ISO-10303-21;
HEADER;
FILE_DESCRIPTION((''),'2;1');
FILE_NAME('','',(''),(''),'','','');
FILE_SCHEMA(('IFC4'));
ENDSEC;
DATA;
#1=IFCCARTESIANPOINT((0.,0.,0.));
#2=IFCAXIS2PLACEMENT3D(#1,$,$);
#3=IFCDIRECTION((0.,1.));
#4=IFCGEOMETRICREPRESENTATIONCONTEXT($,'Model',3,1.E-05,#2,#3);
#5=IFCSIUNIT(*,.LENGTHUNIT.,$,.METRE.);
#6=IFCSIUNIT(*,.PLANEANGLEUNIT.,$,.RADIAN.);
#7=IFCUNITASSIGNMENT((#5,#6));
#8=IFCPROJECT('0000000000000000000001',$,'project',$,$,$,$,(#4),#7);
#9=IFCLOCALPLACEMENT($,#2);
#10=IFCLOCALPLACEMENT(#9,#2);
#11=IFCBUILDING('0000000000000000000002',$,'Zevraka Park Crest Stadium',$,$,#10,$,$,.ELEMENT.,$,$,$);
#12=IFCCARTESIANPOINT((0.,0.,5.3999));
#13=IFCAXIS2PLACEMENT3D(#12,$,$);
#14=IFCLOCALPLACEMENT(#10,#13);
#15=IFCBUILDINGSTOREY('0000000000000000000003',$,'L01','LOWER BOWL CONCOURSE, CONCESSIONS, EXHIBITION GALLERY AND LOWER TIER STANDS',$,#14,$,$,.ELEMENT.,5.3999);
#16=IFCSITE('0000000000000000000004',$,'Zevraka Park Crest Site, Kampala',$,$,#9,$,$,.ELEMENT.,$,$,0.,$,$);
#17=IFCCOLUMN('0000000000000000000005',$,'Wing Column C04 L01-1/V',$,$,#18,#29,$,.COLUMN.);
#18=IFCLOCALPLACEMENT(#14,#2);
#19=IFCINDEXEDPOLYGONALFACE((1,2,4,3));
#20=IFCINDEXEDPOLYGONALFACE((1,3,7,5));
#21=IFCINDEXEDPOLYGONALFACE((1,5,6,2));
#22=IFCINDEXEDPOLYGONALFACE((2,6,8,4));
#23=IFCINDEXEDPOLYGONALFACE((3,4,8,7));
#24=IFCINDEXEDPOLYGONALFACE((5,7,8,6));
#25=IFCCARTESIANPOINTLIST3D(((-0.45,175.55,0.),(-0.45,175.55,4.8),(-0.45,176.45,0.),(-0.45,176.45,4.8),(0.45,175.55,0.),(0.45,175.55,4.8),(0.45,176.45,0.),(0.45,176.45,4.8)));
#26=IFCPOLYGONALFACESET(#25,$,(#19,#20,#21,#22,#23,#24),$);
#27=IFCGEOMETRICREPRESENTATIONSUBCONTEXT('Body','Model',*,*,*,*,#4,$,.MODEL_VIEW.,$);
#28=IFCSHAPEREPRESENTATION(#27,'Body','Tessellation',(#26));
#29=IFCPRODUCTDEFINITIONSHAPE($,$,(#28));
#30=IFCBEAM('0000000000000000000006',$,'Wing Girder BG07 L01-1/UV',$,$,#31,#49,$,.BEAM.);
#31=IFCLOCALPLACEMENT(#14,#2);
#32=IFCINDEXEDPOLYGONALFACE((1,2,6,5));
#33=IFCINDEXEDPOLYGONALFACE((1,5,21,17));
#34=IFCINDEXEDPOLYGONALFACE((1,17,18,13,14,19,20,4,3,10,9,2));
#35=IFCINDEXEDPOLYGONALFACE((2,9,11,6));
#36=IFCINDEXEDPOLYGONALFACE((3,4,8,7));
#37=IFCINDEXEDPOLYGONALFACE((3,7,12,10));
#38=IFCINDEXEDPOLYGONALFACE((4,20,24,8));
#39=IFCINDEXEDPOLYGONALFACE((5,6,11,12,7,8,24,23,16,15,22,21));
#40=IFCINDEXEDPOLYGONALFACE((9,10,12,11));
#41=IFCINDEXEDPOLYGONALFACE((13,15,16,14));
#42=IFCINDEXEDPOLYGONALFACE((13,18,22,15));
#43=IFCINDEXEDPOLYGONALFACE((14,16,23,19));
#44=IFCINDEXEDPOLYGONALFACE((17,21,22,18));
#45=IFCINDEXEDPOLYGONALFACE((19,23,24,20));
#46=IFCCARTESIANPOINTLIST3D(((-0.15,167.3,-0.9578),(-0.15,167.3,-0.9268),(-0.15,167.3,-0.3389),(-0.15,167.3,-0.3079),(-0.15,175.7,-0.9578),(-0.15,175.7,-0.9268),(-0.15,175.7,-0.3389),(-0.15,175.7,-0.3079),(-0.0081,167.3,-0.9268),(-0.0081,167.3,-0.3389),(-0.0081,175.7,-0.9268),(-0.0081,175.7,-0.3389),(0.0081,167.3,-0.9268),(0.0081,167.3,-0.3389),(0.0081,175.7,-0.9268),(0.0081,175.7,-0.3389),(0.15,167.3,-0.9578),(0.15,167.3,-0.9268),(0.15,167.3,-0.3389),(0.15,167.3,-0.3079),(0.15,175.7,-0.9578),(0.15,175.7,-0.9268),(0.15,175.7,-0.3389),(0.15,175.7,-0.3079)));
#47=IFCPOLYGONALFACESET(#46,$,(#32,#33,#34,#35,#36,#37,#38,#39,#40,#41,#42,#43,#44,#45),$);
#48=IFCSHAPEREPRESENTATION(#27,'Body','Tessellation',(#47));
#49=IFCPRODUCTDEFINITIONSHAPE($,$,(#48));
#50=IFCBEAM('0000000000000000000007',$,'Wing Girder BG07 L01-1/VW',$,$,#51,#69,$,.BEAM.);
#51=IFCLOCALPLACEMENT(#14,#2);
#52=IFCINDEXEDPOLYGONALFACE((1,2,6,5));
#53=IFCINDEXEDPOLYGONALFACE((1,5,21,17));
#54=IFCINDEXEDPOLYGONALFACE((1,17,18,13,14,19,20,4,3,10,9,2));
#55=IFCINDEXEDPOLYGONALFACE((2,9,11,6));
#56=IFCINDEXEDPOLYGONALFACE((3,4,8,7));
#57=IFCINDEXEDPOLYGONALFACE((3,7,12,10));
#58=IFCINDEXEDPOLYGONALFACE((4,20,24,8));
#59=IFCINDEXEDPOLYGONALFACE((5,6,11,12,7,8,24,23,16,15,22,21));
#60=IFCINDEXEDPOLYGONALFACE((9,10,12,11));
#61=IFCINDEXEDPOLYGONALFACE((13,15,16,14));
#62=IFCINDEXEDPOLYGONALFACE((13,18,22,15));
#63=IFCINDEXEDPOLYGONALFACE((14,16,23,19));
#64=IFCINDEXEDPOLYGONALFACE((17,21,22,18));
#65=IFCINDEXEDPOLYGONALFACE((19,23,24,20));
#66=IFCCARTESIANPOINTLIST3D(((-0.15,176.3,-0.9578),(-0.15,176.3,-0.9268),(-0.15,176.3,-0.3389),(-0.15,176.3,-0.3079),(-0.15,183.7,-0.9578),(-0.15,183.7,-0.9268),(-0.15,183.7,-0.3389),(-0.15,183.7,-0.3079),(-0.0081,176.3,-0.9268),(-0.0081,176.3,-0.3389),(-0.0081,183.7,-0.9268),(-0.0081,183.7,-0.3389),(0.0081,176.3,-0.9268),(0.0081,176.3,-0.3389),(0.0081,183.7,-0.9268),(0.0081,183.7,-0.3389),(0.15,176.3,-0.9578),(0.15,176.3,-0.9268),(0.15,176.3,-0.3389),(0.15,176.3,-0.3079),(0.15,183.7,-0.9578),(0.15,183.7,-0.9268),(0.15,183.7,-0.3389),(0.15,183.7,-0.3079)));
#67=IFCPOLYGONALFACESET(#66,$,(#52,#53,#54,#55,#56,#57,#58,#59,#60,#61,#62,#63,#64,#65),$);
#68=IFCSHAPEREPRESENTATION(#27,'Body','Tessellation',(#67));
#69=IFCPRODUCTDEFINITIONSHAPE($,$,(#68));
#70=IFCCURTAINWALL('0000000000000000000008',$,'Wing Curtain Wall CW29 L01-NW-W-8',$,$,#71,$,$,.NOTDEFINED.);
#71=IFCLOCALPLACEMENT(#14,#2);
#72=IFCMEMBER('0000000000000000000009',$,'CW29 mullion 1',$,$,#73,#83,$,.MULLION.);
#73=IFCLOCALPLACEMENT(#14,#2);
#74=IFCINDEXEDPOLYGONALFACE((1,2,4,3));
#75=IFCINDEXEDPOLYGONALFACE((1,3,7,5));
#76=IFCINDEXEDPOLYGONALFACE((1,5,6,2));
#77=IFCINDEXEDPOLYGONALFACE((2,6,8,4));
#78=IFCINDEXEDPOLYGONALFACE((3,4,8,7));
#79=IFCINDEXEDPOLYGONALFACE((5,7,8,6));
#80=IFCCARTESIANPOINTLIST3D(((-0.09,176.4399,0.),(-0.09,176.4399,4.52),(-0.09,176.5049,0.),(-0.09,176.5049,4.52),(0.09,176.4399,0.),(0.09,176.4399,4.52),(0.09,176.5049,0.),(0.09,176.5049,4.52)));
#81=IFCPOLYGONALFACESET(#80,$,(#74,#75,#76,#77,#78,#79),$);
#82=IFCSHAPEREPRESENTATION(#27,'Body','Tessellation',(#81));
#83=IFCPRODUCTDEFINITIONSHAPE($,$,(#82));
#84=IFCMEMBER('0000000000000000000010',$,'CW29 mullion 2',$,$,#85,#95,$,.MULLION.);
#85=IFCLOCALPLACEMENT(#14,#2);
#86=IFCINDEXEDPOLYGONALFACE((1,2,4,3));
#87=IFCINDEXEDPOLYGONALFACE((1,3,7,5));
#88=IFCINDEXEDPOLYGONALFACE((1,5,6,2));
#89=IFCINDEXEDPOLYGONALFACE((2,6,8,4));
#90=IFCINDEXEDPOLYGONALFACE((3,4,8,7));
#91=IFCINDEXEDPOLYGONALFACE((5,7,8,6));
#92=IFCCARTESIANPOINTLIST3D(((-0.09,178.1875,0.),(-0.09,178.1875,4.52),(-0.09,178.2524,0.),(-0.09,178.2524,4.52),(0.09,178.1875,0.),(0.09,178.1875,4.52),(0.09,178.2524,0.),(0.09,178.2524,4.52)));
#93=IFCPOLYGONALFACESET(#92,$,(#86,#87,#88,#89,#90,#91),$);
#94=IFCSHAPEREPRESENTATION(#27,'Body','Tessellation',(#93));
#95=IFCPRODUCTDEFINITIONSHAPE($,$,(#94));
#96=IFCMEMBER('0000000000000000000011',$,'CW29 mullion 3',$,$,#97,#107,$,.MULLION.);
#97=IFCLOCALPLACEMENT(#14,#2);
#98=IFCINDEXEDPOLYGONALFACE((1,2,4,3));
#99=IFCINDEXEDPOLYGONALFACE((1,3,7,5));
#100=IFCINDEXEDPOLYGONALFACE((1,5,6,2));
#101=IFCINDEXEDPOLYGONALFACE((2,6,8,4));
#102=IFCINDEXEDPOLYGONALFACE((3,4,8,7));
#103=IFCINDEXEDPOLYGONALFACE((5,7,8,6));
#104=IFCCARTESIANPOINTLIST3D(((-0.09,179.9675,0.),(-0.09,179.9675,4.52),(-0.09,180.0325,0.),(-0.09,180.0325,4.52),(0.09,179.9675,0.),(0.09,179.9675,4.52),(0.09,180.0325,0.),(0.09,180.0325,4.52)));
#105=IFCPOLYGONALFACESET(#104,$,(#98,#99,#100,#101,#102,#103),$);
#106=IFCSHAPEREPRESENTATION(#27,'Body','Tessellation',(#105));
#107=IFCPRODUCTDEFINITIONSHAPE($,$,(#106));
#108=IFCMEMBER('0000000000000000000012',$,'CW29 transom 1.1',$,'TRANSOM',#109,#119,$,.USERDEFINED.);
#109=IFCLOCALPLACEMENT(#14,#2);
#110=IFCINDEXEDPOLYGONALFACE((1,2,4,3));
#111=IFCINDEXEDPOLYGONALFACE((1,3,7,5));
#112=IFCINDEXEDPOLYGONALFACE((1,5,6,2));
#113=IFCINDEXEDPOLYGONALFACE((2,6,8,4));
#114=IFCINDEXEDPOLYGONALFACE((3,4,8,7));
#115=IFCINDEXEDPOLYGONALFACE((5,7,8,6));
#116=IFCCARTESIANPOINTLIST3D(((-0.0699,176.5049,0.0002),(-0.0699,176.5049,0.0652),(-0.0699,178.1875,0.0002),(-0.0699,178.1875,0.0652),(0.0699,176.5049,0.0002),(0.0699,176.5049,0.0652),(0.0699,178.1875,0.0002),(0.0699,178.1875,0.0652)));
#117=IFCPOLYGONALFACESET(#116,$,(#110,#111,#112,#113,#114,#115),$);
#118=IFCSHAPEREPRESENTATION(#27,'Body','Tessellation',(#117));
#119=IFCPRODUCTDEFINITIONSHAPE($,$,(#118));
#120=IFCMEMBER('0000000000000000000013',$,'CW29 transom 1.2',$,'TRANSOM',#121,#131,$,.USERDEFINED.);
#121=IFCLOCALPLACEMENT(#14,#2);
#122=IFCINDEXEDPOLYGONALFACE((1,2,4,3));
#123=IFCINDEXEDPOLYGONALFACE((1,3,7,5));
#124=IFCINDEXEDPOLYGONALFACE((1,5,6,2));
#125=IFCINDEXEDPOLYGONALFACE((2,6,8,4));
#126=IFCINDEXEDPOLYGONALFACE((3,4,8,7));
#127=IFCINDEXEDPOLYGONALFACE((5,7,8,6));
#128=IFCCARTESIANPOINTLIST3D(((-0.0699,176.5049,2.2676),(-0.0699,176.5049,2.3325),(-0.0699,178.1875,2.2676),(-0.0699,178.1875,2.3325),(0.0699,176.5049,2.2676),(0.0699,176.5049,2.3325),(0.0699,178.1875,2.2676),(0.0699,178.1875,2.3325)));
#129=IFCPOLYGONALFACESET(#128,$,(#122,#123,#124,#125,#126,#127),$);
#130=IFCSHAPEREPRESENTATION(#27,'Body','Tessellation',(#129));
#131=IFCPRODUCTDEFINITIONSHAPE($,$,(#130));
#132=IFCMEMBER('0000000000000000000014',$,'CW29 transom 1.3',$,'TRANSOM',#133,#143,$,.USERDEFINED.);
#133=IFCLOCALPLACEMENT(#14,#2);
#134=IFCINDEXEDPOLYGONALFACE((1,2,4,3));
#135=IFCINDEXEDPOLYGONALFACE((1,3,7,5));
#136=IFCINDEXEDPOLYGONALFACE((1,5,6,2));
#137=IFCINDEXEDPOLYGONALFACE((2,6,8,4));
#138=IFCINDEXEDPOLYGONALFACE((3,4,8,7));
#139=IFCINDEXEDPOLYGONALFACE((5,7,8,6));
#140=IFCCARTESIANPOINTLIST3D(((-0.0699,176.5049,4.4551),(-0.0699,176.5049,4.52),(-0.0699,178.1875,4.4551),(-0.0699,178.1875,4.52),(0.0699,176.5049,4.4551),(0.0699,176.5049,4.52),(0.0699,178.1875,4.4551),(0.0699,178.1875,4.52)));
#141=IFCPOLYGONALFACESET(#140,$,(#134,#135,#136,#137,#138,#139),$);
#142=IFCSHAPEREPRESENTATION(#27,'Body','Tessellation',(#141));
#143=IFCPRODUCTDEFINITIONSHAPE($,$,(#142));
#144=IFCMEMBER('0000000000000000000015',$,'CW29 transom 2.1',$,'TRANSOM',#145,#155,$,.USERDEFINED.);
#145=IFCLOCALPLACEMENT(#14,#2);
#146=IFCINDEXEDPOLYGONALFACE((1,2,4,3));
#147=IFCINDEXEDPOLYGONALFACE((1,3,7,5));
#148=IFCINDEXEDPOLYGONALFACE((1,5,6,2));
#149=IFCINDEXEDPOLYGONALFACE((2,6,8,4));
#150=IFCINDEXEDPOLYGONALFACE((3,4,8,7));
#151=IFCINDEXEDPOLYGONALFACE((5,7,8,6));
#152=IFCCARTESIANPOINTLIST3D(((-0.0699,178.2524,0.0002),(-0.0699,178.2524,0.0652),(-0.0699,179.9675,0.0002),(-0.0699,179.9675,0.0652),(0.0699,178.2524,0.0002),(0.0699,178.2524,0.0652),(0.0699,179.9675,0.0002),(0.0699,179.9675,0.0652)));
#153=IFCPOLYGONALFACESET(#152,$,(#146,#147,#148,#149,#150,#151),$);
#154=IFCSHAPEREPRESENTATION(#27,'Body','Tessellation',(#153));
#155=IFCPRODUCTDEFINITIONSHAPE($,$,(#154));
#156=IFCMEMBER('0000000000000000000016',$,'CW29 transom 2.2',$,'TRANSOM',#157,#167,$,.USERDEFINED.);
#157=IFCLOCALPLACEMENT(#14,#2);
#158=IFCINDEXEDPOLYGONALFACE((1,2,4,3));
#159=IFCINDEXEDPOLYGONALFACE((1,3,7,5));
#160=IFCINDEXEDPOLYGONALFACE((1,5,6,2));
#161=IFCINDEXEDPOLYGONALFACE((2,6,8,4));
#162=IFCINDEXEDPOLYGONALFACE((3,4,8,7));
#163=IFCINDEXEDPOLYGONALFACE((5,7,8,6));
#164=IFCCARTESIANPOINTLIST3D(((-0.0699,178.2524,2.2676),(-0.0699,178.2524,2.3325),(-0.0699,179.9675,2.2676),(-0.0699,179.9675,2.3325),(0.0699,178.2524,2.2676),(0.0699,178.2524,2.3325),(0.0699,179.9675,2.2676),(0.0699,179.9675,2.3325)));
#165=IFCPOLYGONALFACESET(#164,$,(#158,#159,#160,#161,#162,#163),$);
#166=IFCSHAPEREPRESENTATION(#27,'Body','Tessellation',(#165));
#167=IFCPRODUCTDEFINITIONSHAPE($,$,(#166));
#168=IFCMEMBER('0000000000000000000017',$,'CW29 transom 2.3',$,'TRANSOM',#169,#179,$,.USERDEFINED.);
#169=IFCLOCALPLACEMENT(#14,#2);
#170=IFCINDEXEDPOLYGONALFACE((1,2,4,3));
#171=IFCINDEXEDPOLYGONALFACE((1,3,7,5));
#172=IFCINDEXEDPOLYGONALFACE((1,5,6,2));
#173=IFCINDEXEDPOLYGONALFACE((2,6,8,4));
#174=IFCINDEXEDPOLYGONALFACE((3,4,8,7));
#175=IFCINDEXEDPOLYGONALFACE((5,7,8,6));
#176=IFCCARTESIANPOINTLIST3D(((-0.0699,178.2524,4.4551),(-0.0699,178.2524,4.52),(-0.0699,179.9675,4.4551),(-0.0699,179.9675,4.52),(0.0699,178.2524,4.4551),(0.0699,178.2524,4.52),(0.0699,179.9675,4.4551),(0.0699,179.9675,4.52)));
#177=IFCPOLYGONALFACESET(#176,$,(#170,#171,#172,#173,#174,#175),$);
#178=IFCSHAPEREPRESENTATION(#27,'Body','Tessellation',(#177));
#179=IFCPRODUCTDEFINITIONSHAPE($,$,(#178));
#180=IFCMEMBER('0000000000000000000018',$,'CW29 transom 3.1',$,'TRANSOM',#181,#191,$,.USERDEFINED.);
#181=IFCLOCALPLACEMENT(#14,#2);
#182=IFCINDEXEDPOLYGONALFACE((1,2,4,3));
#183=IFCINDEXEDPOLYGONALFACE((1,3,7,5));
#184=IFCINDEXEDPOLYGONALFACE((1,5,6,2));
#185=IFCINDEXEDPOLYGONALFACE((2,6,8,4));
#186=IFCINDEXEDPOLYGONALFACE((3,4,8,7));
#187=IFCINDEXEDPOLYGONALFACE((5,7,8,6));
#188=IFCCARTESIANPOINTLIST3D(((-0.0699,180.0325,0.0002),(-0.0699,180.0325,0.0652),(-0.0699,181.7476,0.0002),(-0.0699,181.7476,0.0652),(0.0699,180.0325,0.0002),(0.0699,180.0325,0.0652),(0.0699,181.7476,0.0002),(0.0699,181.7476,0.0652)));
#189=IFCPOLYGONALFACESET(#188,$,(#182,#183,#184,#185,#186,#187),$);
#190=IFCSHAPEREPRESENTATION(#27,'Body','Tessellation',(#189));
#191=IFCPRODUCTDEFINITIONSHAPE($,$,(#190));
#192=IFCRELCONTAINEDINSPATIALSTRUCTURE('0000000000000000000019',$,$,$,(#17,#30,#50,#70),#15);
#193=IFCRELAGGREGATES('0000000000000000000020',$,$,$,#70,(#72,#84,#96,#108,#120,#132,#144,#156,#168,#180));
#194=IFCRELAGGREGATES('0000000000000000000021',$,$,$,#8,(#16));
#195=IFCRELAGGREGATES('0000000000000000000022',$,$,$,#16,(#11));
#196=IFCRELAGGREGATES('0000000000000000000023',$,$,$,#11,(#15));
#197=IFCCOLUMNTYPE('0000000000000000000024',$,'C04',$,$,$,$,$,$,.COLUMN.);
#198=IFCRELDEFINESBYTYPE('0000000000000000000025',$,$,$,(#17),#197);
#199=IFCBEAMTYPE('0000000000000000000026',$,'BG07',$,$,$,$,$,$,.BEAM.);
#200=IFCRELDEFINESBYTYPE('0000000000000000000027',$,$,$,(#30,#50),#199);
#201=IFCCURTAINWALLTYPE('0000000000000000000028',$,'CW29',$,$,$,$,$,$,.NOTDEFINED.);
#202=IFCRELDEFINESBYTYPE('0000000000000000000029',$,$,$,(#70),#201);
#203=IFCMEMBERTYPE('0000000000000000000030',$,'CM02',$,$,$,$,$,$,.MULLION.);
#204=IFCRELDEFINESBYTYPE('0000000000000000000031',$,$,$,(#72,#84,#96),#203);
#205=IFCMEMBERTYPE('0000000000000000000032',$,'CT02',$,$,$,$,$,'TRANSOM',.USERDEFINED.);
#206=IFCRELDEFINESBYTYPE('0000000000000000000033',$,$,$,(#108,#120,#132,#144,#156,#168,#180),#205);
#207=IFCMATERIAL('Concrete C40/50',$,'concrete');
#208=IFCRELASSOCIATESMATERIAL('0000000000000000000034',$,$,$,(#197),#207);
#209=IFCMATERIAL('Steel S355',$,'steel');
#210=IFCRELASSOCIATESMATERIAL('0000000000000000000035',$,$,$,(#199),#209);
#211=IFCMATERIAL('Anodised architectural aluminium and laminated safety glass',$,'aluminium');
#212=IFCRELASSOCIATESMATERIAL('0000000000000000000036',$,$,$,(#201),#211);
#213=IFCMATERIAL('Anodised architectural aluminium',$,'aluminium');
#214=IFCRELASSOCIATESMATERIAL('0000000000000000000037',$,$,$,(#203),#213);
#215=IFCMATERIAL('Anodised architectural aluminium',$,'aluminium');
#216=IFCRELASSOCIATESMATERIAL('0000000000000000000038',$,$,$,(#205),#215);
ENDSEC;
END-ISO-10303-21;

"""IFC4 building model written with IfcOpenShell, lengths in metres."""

from ifc_helpers import new_model, si_unit, direction, frame, origin, origin_2d, place, context, subcontext, project, spatial, rectangle, i_section, extrude, material, material_profile, profile_set, type_object, element, aggregate, save


model = new_model("IFC4")

# Units and contexts
model_context = context("Model", 3, precision=1e-05, world=origin(), true_north=direction((0.0, 1.0)))
body_context = subcontext(model_context, "Body", "Model", "MODEL_VIEW")
ifc_project = project(units=[si_unit("LENGTHUNIT", "METRE"), si_unit("PLANEANGLEUNIT", "RADIAN")], contexts=[model_context])

# Site, building, storey
site_placement = place(None, origin())
site = spatial("IfcSite", under=ifc_project, at=site_placement, Name="Zevraka Park Crest Site, Kampala", CompositionType="ELEMENT", RefElevation=0.0)
building_placement = place(site_placement, origin())
building = spatial("IfcBuilding", under=site, at=building_placement, Name="Zevraka Park Crest Stadium", CompositionType="ELEMENT")
storey_placement = place(building_placement, frame((0.0, 0.0, 5.3999)))
storey = spatial("IfcBuildingStorey", under=building, at=storey_placement, Name="L01", Description="LOWER BOWL CONCOURSE, CONCESSIONS, EXHIBITION GALLERY AND LOWER TIER STANDS", CompositionType="ELEMENT", Elevation=5.3999)

# Column
ifc_material_1 = material(Name="Concrete C40/50", Category="concrete")
ifc_material_profile_1 = material_profile(ifc_material_1, rectangle(XDim=0.8999, YDim=0.8999, at=origin_2d()), Name="RC 900x900")
ifc_profile_set_1 = profile_set([ifc_material_profile_1], Name="Concrete C40/50")
column_type = type_object("IfcColumnType", Name="C04", PredefinedType="COLUMN", material=ifc_profile_set_1)
column_placement = place(storey_placement, frame((0.0, 176.0, 0.0), z_axis=(0.0, 0.0, 1.0), x_axis=(1.0, 0.0, 0.0)))
element("IfcColumn", 1, at=column_placement, inside=storey, type_object=column_type, Name="Wing Column C04 L01-1/V", PredefinedType="COLUMN", context=body_context, shape_type="SweptSolid", body=[
    extrude(rectangle(XDim=0.8999, YDim=0.8999, at=origin_2d()), origin(), (0.0, 0.0, 1.0), 4.8),
])

# Beams
ifc_material_2 = material(Name="Steel S355", Category="steel")
ifc_material_profile_2 = material_profile(ifc_material_2, i_section(OverallWidth=0.3, OverallDepth=0.6499, WebThickness=0.0161, FlangeThickness=0.031, at=origin_2d()), Name="HEB 650")
ifc_profile_set_2 = profile_set([ifc_material_profile_2], Name="Steel S355")
beam_type = type_object("IfcBeamType", Name="BG07", PredefinedType="BEAM", material=ifc_profile_set_2)
beam_1_placement = place(storey_placement, frame((0.0, 167.3, -0.6328), z_axis=(0.0, 1.0, 0.0), x_axis=(-1.0, 0.0, 0.0)))
element("IfcBeam", 2, at=beam_1_placement, inside=storey, type_object=beam_type, Name="Wing Girder BG07 L01-1/UV", PredefinedType="BEAM", context=body_context, shape_type="SweptSolid", body=[
    extrude(i_section(OverallWidth=0.3, OverallDepth=0.6499, WebThickness=0.0161, FlangeThickness=0.031, at=origin_2d()), origin(), (0.0, 0.0, 1.0), 8.3999),
])
beam_2_placement = place(storey_placement, frame((0.0, 176.3, -0.6328), z_axis=(0.0, 1.0, 0.0), x_axis=(-1.0, 0.0, 0.0)))
element("IfcBeam", 3, at=beam_2_placement, inside=storey, type_object=beam_type, Name="Wing Girder BG07 L01-1/VW", PredefinedType="BEAM", context=body_context, shape_type="SweptSolid", body=[
    extrude(i_section(OverallWidth=0.3, OverallDepth=0.6499, WebThickness=0.0161, FlangeThickness=0.031, at=origin_2d()), origin(), (0.0, 0.0, 1.0), 7.3999),
])

# Curtain wall, members
ifc_material_3 = material(Name="Anodised architectural aluminium and laminated safety glass", Category="aluminium")
curtain_wall_type = type_object("IfcCurtainWallType", Name="CW29", PredefinedType="NOTDEFINED", material=ifc_material_3)
curtain_wall_placement = place(storey_placement, origin())
curtain_wall = element("IfcCurtainWall", 4, at=curtain_wall_placement, inside=storey, type_object=curtain_wall_type, Name="Wing Curtain Wall CW29 L01-NW-W-8", PredefinedType="NOTDEFINED")
ifc_material_4 = material(Name="Anodised architectural aluminium", Category="aluminium")
ifc_material_profile_3 = material_profile(ifc_material_4, rectangle(XDim=0.1799, YDim=0.0649, at=origin_2d()), Name="ALU MULLION 180x65")
ifc_profile_set_3 = profile_set([ifc_material_profile_3], Name="Anodised architectural aluminium")
member_type_1 = type_object("IfcMemberType", Name="CM02", PredefinedType="MULLION", material=ifc_profile_set_3)
member_1_placement = place(storey_placement, frame((0.0, 176.4724, 0.0), z_axis=(0.0, 0.0, 1.0), x_axis=(-1.0, 0.0, 0.0)))
member_1 = element("IfcMember", 5, at=member_1_placement, type_object=member_type_1, Name="CW29 mullion 1", PredefinedType="MULLION", context=body_context, shape_type="SweptSolid", body=[
    extrude(rectangle(XDim=0.1799, YDim=0.0649, at=origin_2d()), origin(), (0.0, 0.0, 1.0), 4.52),
])
member_2_placement = place(storey_placement, frame((0.0, 178.22, 0.0), z_axis=(0.0, 0.0, 1.0), x_axis=(-1.0, 0.0, 0.0)))
member_2 = element("IfcMember", 6, at=member_2_placement, type_object=member_type_1, Name="CW29 mullion 2", PredefinedType="MULLION", context=body_context, shape_type="SweptSolid", body=[
    extrude(rectangle(XDim=0.1799, YDim=0.0649, at=origin_2d()), origin(), (0.0, 0.0, 1.0), 4.52),
])
member_3_placement = place(storey_placement, frame((0.0, 180.0, 0.0), z_axis=(0.0, 0.0, 1.0), x_axis=(-1.0, 0.0, 0.0)))
member_3 = element("IfcMember", 7, at=member_3_placement, type_object=member_type_1, Name="CW29 mullion 3", PredefinedType="MULLION", context=body_context, shape_type="SweptSolid", body=[
    extrude(rectangle(XDim=0.1799, YDim=0.0649, at=origin_2d()), origin(), (0.0, 0.0, 1.0), 4.52),
])
ifc_material_5 = material(Name="Anodised architectural aluminium", Category="aluminium")
ifc_material_profile_4 = material_profile(ifc_material_5, rectangle(XDim=0.1399, YDim=0.0649, at=origin_2d()), Name="ALU TRANSOM 140x65")
ifc_profile_set_4 = profile_set([ifc_material_profile_4], Name="Anodised architectural aluminium")
member_type_2 = type_object("IfcMemberType", Name="CT02", ElementType="TRANSOM", PredefinedType="USERDEFINED", material=ifc_profile_set_4)
member_4_placement = place(storey_placement, frame((0.0, 176.5049, 0.0327), z_axis=(0.0, 1.0, 0.0), x_axis=(-1.0, 0.0, 0.0)))
member_4 = element("IfcMember", 8, at=member_4_placement, type_object=member_type_2, Name="CW29 transom 1.1", ObjectType="TRANSOM", PredefinedType="USERDEFINED", context=body_context, shape_type="SweptSolid", body=[
    extrude(rectangle(XDim=0.1399, YDim=0.0649, at=origin_2d()), origin(), (0.0, 0.0, 1.0), 1.6826),
])
member_5_placement = place(storey_placement, frame((0.0, 176.5049, 2.3), z_axis=(0.0, 1.0, 0.0), x_axis=(-1.0, 0.0, 0.0)))
member_5 = element("IfcMember", 9, at=member_5_placement, type_object=member_type_2, Name="CW29 transom 1.2", ObjectType="TRANSOM", PredefinedType="USERDEFINED", context=body_context, shape_type="SweptSolid", body=[
    extrude(rectangle(XDim=0.1399, YDim=0.0649, at=origin_2d()), origin(), (0.0, 0.0, 1.0), 1.6826),
])
member_6_placement = place(storey_placement, frame((0.0, 176.5049, 4.4875), z_axis=(0.0, 1.0, 0.0), x_axis=(-1.0, 0.0, 0.0)))
member_6 = element("IfcMember", 10, at=member_6_placement, type_object=member_type_2, Name="CW29 transom 1.3", ObjectType="TRANSOM", PredefinedType="USERDEFINED", context=body_context, shape_type="SweptSolid", body=[
    extrude(rectangle(XDim=0.1399, YDim=0.0649, at=origin_2d()), origin(), (0.0, 0.0, 1.0), 1.6826),
])
member_7_placement = place(storey_placement, frame((0.0, 178.2524, 0.0327), z_axis=(0.0, 1.0, 0.0), x_axis=(-1.0, 0.0, 0.0)))
member_7 = element("IfcMember", 11, at=member_7_placement, type_object=member_type_2, Name="CW29 transom 2.1", ObjectType="TRANSOM", PredefinedType="USERDEFINED", context=body_context, shape_type="SweptSolid", body=[
    extrude(rectangle(XDim=0.1399, YDim=0.0649, at=origin_2d()), origin(), (0.0, 0.0, 1.0), 1.7151),
])
member_8_placement = place(storey_placement, frame((0.0, 178.2524, 2.3), z_axis=(0.0, 1.0, 0.0), x_axis=(-1.0, 0.0, 0.0)))
member_8 = element("IfcMember", 12, at=member_8_placement, type_object=member_type_2, Name="CW29 transom 2.2", ObjectType="TRANSOM", PredefinedType="USERDEFINED", context=body_context, shape_type="SweptSolid", body=[
    extrude(rectangle(XDim=0.1399, YDim=0.0649, at=origin_2d()), origin(), (0.0, 0.0, 1.0), 1.7151),
])
member_9_placement = place(storey_placement, frame((0.0, 178.2524, 4.4875), z_axis=(0.0, 1.0, 0.0), x_axis=(-1.0, 0.0, 0.0)))
member_9 = element("IfcMember", 13, at=member_9_placement, type_object=member_type_2, Name="CW29 transom 2.3", ObjectType="TRANSOM", PredefinedType="USERDEFINED", context=body_context, shape_type="SweptSolid", body=[
    extrude(rectangle(XDim=0.1399, YDim=0.0649, at=origin_2d()), origin(), (0.0, 0.0, 1.0), 1.7151),
])
member_10_placement = place(storey_placement, frame((0.0, 180.0325, 0.0327), z_axis=(0.0, 1.0, 0.0), x_axis=(-1.0, 0.0, 0.0)))
member_10 = element("IfcMember", 14, at=member_10_placement, type_object=member_type_2, Name="CW29 transom 3.1", ObjectType="TRANSOM", PredefinedType="USERDEFINED", context=body_context, shape_type="SweptSolid", body=[
    extrude(rectangle(XDim=0.1399, YDim=0.0649, at=origin_2d()), origin(), (0.0, 0.0, 1.0), 1.7151),
])
aggregate(curtain_wall, [member_1, member_2, member_3, member_4, member_5, member_6, member_7, member_8, member_9, member_10])

save(model, "model.ifc")
